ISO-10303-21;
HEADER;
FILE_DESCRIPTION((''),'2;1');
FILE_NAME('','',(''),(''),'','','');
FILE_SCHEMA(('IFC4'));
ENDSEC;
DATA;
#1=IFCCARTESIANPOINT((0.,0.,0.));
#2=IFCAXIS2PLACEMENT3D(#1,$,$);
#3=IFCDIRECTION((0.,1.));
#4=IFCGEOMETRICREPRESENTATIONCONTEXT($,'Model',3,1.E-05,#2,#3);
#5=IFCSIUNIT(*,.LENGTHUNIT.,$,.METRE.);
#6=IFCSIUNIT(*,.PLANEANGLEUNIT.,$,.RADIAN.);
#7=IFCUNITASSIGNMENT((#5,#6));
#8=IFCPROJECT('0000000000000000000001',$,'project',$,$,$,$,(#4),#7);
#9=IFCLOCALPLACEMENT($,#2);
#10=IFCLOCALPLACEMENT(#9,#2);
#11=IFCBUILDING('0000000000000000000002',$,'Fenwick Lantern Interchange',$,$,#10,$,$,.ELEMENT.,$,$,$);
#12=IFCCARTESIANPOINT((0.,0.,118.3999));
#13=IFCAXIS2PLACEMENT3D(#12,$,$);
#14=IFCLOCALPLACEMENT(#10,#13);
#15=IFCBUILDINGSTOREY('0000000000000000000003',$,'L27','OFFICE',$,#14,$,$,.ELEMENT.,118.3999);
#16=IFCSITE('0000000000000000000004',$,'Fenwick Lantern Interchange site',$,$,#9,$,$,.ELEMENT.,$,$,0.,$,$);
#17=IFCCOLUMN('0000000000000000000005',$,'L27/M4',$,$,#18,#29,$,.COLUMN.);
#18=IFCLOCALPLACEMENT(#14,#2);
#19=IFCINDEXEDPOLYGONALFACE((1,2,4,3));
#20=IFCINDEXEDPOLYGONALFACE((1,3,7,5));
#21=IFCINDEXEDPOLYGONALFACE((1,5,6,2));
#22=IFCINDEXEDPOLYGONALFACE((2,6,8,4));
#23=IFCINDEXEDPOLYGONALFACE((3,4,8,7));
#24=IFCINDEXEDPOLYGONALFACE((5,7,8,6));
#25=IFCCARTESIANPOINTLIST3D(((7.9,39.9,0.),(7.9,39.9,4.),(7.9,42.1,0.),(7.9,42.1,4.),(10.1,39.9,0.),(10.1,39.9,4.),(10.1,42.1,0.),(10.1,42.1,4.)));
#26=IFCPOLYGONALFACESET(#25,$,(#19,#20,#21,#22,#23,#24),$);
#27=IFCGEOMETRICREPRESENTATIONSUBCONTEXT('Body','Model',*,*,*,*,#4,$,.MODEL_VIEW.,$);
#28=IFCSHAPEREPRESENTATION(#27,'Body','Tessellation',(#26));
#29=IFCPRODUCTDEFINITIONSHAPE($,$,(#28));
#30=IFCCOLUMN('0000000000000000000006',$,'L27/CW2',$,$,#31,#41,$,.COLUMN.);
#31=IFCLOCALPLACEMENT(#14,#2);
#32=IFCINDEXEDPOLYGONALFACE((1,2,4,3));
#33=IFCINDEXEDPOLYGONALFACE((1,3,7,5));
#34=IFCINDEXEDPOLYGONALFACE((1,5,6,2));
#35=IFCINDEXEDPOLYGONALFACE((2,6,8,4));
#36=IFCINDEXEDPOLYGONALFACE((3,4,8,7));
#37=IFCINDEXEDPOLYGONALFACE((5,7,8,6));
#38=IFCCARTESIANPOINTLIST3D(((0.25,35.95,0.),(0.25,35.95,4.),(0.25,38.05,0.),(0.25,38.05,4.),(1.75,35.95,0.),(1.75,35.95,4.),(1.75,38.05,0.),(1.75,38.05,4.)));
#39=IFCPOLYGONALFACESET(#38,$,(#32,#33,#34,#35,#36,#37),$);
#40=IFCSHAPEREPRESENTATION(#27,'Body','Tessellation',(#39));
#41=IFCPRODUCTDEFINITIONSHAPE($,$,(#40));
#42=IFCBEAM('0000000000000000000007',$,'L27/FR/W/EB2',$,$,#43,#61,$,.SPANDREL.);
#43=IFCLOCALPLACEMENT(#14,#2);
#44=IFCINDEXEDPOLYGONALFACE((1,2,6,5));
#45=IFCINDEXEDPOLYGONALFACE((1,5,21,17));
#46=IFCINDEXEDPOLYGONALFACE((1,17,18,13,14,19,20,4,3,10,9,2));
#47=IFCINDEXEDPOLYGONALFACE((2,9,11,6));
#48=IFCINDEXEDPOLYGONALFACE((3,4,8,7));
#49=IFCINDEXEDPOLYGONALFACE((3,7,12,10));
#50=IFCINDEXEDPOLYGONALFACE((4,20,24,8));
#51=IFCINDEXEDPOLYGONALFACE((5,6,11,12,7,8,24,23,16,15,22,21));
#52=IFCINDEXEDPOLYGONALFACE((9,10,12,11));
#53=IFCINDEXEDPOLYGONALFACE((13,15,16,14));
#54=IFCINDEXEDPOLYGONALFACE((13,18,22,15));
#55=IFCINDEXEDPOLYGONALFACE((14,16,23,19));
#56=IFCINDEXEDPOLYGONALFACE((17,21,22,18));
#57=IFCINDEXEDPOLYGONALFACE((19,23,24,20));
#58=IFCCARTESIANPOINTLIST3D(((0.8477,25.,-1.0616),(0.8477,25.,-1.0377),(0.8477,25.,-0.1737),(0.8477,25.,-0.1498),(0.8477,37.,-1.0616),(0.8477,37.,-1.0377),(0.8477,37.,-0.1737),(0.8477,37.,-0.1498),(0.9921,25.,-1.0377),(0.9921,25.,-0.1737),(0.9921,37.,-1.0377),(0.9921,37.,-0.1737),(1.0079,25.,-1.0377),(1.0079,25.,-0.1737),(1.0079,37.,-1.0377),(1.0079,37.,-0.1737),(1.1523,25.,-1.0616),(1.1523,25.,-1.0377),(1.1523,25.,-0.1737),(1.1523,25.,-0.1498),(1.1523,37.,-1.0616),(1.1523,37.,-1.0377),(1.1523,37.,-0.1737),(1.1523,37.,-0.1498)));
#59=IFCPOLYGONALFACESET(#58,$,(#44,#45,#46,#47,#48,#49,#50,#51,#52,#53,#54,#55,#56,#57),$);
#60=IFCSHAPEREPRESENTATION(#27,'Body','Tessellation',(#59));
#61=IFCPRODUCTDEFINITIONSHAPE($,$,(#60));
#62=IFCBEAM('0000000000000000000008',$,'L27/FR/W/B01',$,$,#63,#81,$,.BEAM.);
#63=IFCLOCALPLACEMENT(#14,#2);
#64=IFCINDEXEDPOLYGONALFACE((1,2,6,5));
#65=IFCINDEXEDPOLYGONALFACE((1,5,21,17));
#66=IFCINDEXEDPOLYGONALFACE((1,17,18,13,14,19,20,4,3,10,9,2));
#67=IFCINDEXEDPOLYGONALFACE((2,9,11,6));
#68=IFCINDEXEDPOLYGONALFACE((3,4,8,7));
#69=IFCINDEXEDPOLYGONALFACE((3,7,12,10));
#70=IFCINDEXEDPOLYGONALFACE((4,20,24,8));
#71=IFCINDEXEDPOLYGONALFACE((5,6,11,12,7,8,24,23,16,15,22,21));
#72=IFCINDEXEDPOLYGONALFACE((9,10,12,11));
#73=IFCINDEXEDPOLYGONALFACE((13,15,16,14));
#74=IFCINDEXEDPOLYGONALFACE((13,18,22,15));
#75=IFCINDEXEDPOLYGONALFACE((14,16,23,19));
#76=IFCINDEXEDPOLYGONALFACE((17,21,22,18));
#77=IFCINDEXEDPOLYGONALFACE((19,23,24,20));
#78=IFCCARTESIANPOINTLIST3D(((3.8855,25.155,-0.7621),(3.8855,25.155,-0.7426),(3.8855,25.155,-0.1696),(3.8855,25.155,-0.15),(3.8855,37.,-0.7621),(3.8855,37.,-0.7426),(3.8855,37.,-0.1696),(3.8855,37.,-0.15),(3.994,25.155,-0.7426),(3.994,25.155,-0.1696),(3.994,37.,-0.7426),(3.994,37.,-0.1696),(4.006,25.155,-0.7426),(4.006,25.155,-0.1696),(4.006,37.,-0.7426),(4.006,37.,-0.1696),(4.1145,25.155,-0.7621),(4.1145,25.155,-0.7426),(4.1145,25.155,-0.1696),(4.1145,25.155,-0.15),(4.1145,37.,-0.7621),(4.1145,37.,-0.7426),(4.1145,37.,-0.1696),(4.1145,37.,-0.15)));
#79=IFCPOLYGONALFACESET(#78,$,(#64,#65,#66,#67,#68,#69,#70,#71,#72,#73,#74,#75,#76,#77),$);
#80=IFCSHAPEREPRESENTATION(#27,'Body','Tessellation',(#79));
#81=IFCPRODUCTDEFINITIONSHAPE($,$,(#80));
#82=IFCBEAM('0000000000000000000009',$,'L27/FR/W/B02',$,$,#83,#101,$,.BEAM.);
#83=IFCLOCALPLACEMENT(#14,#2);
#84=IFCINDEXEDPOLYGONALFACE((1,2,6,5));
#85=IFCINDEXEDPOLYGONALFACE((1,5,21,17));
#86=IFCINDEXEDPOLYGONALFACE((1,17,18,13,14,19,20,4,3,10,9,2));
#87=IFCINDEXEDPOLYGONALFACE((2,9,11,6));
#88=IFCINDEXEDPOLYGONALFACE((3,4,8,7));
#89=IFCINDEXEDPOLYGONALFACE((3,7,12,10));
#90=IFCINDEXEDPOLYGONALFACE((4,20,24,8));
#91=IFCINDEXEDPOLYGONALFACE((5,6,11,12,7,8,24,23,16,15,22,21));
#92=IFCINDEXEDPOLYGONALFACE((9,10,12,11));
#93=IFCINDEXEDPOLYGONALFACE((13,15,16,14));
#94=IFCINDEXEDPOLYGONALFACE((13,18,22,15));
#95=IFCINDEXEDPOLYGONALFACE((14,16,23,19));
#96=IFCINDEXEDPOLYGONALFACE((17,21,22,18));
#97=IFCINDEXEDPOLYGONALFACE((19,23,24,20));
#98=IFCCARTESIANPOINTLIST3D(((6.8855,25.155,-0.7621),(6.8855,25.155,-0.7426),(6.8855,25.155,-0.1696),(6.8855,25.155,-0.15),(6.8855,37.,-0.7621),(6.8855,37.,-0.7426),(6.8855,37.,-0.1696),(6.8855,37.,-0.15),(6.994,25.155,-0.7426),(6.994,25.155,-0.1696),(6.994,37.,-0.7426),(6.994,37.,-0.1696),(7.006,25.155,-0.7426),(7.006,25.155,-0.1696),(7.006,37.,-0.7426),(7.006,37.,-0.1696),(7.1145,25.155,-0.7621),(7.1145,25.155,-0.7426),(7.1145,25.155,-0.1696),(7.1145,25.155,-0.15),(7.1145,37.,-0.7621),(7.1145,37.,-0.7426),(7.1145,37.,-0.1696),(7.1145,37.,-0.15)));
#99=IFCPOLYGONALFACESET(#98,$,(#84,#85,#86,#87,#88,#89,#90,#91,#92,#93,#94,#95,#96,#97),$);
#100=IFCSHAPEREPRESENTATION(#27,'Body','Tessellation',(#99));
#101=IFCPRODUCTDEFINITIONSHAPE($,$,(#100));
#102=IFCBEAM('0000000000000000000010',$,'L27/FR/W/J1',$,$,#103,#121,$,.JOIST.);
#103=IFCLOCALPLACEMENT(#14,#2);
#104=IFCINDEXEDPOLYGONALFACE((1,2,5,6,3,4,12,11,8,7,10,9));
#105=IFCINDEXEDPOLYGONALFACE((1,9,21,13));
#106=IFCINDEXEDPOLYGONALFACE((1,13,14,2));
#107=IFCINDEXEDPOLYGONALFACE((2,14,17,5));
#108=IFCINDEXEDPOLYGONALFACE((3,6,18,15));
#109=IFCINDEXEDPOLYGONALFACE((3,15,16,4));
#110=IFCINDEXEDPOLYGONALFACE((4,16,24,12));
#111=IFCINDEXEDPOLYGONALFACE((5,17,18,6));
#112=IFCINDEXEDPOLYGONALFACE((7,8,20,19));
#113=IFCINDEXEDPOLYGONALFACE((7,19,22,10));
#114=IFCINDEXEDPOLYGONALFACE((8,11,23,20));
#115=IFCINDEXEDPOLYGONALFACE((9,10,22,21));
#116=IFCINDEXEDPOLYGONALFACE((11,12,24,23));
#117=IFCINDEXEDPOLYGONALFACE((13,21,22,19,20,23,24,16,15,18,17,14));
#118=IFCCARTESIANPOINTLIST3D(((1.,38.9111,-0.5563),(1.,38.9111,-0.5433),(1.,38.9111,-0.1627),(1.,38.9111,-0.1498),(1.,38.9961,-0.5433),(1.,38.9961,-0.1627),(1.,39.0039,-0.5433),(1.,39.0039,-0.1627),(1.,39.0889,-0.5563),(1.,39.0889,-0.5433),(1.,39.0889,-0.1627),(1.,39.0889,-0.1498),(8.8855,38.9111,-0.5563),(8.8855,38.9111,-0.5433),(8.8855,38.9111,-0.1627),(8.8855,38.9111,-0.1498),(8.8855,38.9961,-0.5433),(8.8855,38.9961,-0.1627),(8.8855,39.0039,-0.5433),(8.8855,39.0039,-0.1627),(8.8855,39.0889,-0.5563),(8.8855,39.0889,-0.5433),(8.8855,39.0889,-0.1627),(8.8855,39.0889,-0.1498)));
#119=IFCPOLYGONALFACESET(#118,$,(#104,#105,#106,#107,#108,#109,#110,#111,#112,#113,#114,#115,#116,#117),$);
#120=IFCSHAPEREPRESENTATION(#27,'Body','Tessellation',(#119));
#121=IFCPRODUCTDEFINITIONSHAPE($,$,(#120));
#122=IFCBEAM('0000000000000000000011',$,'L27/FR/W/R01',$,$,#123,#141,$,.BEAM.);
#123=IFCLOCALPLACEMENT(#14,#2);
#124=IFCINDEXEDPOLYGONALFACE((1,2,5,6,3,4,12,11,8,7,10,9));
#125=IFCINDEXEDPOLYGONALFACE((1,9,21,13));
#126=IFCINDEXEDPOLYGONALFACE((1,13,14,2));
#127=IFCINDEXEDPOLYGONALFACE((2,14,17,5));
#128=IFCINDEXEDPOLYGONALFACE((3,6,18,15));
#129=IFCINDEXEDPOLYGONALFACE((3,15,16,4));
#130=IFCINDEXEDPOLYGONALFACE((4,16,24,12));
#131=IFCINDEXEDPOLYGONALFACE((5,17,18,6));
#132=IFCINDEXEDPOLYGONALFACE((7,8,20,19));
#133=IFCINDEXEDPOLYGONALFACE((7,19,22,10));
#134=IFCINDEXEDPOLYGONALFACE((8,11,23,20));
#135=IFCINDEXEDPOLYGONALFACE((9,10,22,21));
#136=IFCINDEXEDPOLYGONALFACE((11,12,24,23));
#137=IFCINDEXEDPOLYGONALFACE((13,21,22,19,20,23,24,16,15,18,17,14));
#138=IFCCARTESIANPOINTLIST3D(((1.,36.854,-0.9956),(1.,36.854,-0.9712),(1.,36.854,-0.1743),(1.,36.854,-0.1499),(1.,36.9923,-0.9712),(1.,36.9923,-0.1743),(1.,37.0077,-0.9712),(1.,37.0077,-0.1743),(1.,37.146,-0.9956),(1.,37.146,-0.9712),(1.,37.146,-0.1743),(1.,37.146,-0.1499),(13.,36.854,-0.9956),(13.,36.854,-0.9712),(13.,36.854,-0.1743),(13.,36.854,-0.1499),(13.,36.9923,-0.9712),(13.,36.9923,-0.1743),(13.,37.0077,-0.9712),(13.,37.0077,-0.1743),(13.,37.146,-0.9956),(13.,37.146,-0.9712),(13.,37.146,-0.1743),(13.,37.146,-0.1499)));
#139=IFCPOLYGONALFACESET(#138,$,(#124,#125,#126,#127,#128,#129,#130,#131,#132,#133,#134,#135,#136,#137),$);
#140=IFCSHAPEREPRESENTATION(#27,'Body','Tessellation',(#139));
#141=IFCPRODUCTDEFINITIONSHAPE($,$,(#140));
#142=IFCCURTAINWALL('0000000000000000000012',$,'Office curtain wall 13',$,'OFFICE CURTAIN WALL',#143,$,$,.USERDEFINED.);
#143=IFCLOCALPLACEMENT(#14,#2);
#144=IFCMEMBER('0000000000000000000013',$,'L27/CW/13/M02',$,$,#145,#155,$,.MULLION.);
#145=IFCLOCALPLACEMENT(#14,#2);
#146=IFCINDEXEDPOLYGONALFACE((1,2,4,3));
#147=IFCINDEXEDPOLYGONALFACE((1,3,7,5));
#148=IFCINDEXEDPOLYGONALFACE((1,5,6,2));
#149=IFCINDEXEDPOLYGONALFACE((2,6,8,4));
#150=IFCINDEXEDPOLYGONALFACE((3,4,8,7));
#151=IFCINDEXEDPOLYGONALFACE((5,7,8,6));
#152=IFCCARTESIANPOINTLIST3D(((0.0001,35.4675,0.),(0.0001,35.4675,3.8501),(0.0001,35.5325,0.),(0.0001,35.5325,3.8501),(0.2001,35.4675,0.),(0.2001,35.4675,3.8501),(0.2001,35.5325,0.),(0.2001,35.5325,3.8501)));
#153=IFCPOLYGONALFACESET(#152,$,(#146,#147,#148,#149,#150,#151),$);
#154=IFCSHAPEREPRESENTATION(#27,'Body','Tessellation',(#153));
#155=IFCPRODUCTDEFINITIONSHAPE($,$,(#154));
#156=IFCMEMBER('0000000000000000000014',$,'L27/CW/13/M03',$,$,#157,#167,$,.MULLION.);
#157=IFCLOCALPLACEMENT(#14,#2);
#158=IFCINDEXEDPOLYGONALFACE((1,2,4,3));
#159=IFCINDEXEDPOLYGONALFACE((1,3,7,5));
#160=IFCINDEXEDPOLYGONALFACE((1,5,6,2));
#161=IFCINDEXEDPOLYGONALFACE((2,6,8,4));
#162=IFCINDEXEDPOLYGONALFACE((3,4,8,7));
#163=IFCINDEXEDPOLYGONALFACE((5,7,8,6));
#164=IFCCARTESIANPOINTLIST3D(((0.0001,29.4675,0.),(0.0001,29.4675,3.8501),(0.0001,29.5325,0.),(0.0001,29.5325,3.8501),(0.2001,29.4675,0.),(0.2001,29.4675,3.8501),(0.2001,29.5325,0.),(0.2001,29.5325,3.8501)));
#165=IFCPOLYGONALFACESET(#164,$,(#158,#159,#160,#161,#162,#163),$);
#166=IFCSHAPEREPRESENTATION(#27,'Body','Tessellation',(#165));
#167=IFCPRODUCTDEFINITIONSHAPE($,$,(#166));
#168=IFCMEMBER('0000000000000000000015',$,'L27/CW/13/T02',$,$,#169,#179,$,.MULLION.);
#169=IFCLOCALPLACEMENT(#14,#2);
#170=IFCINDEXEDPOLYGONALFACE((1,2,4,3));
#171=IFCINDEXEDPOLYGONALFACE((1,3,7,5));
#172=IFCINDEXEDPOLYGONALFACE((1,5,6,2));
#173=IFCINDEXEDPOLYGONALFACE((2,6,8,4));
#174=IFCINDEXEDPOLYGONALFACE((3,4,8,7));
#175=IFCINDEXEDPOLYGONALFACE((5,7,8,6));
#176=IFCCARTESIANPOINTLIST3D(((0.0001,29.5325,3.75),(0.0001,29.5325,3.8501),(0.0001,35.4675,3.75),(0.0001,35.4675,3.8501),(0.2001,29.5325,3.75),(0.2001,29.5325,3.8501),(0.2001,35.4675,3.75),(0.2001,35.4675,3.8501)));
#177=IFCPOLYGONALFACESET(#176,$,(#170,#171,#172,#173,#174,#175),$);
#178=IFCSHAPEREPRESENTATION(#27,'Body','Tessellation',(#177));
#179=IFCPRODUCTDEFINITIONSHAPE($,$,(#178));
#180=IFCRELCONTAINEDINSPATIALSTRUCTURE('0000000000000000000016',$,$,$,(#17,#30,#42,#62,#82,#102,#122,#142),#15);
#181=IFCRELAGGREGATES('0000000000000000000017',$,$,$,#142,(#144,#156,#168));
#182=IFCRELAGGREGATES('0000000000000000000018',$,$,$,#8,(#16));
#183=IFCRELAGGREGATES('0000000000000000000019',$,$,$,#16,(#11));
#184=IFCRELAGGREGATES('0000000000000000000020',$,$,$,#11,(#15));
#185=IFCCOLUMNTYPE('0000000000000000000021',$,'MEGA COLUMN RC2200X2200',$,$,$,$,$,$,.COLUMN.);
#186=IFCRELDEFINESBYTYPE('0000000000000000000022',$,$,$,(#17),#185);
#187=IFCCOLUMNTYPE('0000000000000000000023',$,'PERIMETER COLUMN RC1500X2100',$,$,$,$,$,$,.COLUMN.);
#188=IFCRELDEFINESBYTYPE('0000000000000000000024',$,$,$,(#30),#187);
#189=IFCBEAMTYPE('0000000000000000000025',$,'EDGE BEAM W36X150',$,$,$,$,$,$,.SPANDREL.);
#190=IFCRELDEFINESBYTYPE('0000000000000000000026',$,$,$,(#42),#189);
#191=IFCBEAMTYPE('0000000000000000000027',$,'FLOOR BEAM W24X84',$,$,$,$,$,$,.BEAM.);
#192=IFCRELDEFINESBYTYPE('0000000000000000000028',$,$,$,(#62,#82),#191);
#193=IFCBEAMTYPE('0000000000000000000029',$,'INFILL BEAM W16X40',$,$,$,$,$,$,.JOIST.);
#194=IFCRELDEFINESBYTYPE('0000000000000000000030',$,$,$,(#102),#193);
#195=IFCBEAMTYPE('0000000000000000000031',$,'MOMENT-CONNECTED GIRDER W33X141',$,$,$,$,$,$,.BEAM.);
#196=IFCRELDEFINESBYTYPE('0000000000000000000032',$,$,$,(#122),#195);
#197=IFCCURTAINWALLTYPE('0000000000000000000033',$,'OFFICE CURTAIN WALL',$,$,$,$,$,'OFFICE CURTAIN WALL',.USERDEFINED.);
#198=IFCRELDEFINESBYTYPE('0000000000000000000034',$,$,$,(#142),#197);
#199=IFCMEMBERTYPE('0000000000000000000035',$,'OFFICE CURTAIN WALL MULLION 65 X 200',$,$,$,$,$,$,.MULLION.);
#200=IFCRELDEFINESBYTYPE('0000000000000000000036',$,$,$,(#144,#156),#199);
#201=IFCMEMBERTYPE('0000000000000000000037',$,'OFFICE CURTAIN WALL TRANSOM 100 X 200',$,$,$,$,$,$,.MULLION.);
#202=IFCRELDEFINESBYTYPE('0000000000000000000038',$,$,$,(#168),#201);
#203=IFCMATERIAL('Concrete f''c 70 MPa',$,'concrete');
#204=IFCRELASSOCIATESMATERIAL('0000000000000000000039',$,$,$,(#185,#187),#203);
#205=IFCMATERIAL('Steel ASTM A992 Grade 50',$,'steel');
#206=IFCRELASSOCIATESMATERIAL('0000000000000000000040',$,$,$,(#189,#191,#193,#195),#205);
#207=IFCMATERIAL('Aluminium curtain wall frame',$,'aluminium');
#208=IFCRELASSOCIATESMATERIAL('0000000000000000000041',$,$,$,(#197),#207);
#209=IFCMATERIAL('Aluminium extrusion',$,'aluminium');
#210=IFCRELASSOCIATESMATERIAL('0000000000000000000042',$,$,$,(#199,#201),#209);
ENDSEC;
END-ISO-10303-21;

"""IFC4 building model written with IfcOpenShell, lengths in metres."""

from ifc_helpers import new_model, si_unit, direction, frame, origin, origin_2d, place, context, subcontext, project, spatial, rectangle, i_section, extrude, material, material_profile, profile_set, type_object, element, aggregate, save


model = new_model("IFC4")

# Units and contexts
model_context = context("Model", 3, precision=1e-05, world=origin(), true_north=direction((0.0, 1.0)))
body_context = subcontext(model_context, "Body", "Model", "MODEL_VIEW")
ifc_project = project(units=[si_unit("LENGTHUNIT", "METRE"), si_unit("PLANEANGLEUNIT", "RADIAN")], contexts=[model_context])

# Site, building, storey
site_placement = place(None, origin())
site = spatial("IfcSite", under=ifc_project, at=site_placement, Name="Fenwick Lantern Interchange site", CompositionType="ELEMENT", RefElevation=0.0)
building_placement = place(site_placement, origin())
building = spatial("IfcBuilding", under=site, at=building_placement, Name="Fenwick Lantern Interchange", CompositionType="ELEMENT")
storey_placement = place(building_placement, frame((0.0, 0.0, 118.3999)))
storey = spatial("IfcBuildingStorey", under=building, at=storey_placement, Name="L27", Description="OFFICE", CompositionType="ELEMENT", Elevation=118.3999)

# Columns
ifc_material_1 = material(Name="Concrete f'c 70 MPa", Category="concrete")
ifc_material_profile_1 = material_profile(ifc_material_1, rectangle(XDim=2.2, YDim=2.2, at=origin_2d()), Name="RC2200X2200")
ifc_profile_set_1 = profile_set([ifc_material_profile_1], Name="Concrete f'c 70 MPa")
column_type_1 = type_object("IfcColumnType", Name="MEGA COLUMN RC2200X2200", PredefinedType="COLUMN", material=ifc_profile_set_1)
column_1_placement = place(storey_placement, frame((9.0, 41.0, 0.0), z_axis=(0.0, 0.0, 1.0), x_axis=(1.0, 0.0, 0.0)))
element("IfcColumn", 1, at=column_1_placement, inside=storey, type_object=column_type_1, Name="L27/M4", PredefinedType="COLUMN", context=body_context, shape_type="SweptSolid", body=[
    extrude(rectangle(XDim=2.2, YDim=2.2, at=origin_2d()), origin(), (0.0, 0.0, 1.0), 4.0),
])
ifc_material_profile_2 = material_profile(ifc_material_1, rectangle(XDim=1.5, YDim=2.1001, at=origin_2d()), Name="RC1500X2100")
ifc_profile_set_2 = profile_set([ifc_material_profile_2], Name="Concrete f'c 70 MPa")
column_type_2 = type_object("IfcColumnType", Name="PERIMETER COLUMN RC1500X2100", PredefinedType="COLUMN", material=ifc_profile_set_2)
column_2_placement = place(storey_placement, frame((1.0, 37.0, 0.0), z_axis=(0.0, 0.0, 1.0), x_axis=(1.0, 0.0, 0.0)))
element("IfcColumn", 2, at=column_2_placement, inside=storey, type_object=column_type_2, Name="L27/CW2", PredefinedType="COLUMN", context=body_context, shape_type="SweptSolid", body=[
    extrude(rectangle(XDim=1.5, YDim=2.1001, at=origin_2d()), origin(), (0.0, 0.0, 1.0), 4.0),
])

# Beams
ifc_material_2 = material(Name="Steel ASTM A992 Grade 50", Category="steel")
ifc_material_profile_3 = material_profile(ifc_material_2, i_section(OverallWidth=0.3047, OverallDepth=0.9119, WebThickness=0.0159, FlangeThickness=0.0239, at=origin_2d()), Name="W36X150")
ifc_profile_set_3 = profile_set([ifc_material_profile_3], Name="Steel ASTM A992 Grade 50")
beam_type_1 = type_object("IfcBeamType", Name="EDGE BEAM W36X150", PredefinedType="SPANDREL", material=ifc_profile_set_3)
beam_1_placement = place(storey_placement, frame((1.0, 37.0, -0.6057), z_axis=(0.0, -1.0, 0.0), x_axis=(1.0, 0.0, 0.0)))
element("IfcBeam", 3, at=beam_1_placement, inside=storey, type_object=beam_type_1, Name="L27/FR/W/EB2", PredefinedType="SPANDREL", context=body_context, shape_type="SweptSolid", body=[
    extrude(i_section(OverallWidth=0.3047, OverallDepth=0.9119, WebThickness=0.0159, FlangeThickness=0.0239, at=origin_2d()), origin(), (0.0, 0.0, 1.0), 12.0),
])
ifc_material_profile_4 = material_profile(ifc_material_2, i_section(OverallWidth=0.229, OverallDepth=0.6121, WebThickness=0.012, FlangeThickness=0.0195, at=origin_2d()), Name="W24X84")
ifc_profile_set_4 = profile_set([ifc_material_profile_4], Name="Steel ASTM A992 Grade 50")
beam_type_2 = type_object("IfcBeamType", Name="FLOOR BEAM W24X84", PredefinedType="BEAM", material=ifc_profile_set_4)
for number, where, z_axis, x_axis, name in (
    (4, (4.0, 37.0, -0.4561), (0.0, -1.0, 0.0), (1.0, 0.0, 0.0), "L27/FR/W/B01"),
    (5, (7.0, 37.0, -0.4561), (0.0, -1.0, 0.0), (1.0, 0.0, 0.0), "L27/FR/W/B02"),
):
    element("IfcBeam", number, at=place(storey_placement, frame(where, z_axis=z_axis, x_axis=x_axis)), inside=storey, type_object=beam_type_2, Name=name, PredefinedType="BEAM", context=body_context, shape_type="SweptSolid", body=[
        extrude(i_section(OverallWidth=0.229, OverallDepth=0.6121, WebThickness=0.012, FlangeThickness=0.0195, at=origin_2d()), origin(), (0.0, 0.0, 1.0), 11.845),
    ])
ifc_material_profile_5 = material_profile(ifc_material_2, i_section(OverallWidth=0.1777, OverallDepth=0.4065, WebThickness=0.0078, FlangeThickness=0.0129, at=origin_2d()), Name="W16X40")
ifc_profile_set_5 = profile_set([ifc_material_profile_5], Name="Steel ASTM A992 Grade 50")
beam_type_3 = type_object("IfcBeamType", Name="INFILL BEAM W16X40", PredefinedType="JOIST", material=ifc_profile_set_5)
beam_2_placement = place(storey_placement, frame((1.0, 39.0, -0.353), z_axis=(1.0, 0.0, 0.0), x_axis=(0.0, 1.0, 0.0)))
element("IfcBeam", 6, at=beam_2_placement, inside=storey, type_object=beam_type_3, Name="L27/FR/W/J1", PredefinedType="JOIST", context=body_context, shape_type="SweptSolid", body=[
    extrude(i_section(OverallWidth=0.1777, OverallDepth=0.4065, WebThickness=0.0078, FlangeThickness=0.0129, at=origin_2d()), origin(), (0.0, 0.0, 1.0), 7.8855),
])
ifc_material_profile_6 = material_profile(ifc_material_2, i_section(OverallWidth=0.292, OverallDepth=0.8457, WebThickness=0.0154, FlangeThickness=0.0244, at=origin_2d()), Name="W33X141")
ifc_profile_set_6 = profile_set([ifc_material_profile_6], Name="Steel ASTM A992 Grade 50")
beam_type_4 = type_object("IfcBeamType", Name="MOMENT-CONNECTED GIRDER W33X141", PredefinedType="BEAM", material=ifc_profile_set_6)
beam_3_placement = place(storey_placement, frame((1.0, 37.0, -0.5728), z_axis=(1.0, 0.0, 0.0), x_axis=(0.0, 1.0, 0.0)))
element("IfcBeam", 7, at=beam_3_placement, inside=storey, type_object=beam_type_4, Name="L27/FR/W/R01", PredefinedType="BEAM", context=body_context, shape_type="SweptSolid", body=[
    extrude(i_section(OverallWidth=0.292, OverallDepth=0.8457, WebThickness=0.0154, FlangeThickness=0.0244, at=origin_2d()), origin(), (0.0, 0.0, 1.0), 12.0),
])

# Curtain wall, members
ifc_material_3 = material(Name="Aluminium curtain wall frame", Category="aluminium")
curtain_wall_type = type_object("IfcCurtainWallType", Name="OFFICE CURTAIN WALL", ElementType="OFFICE CURTAIN WALL", PredefinedType="USERDEFINED", material=ifc_material_3)
curtain_wall_placement = place(storey_placement, origin())
curtain_wall = element("IfcCurtainWall", 8, at=curtain_wall_placement, inside=storey, type_object=curtain_wall_type, Name="Office curtain wall 13", ObjectType="OFFICE CURTAIN WALL", PredefinedType="USERDEFINED")
ifc_material_4 = material(Name="Aluminium extrusion", Category="aluminium")
ifc_material_profile_7 = material_profile(ifc_material_4, rectangle(XDim=0.2, YDim=0.0649, at=origin_2d()), Name="OFFICE CURTAIN WALL MULLION 65 X 200")
ifc_profile_set_7 = profile_set([ifc_material_profile_7], Name="Aluminium extrusion")
member_type_1 = type_object("IfcMemberType", Name="OFFICE CURTAIN WALL MULLION 65 X 200", PredefinedType="MULLION", material=ifc_profile_set_7)
member_1_placement = place(storey_placement, frame((0.1001, 35.5, 0.0), z_axis=(0.0, 0.0, 1.0), x_axis=(1.0, 0.0, 0.0)))
member_1 = element("IfcMember", 9, at=member_1_placement, type_object=member_type_1, Name="L27/CW/13/M02", PredefinedType="MULLION", context=body_context, shape_type="SweptSolid", body=[
    extrude(rectangle(XDim=0.2, YDim=0.0649, at=origin_2d()), origin(), (0.0, 0.0, 1.0), 3.8501),
])
member_2_placement = place(storey_placement, frame((0.1001, 29.5, 0.0), z_axis=(0.0, 0.0, 1.0), x_axis=(1.0, 0.0, 0.0)))
member_2 = element("IfcMember", 10, at=member_2_placement, type_object=member_type_1, Name="L27/CW/13/M03", PredefinedType="MULLION", context=body_context, shape_type="SweptSolid", body=[
    extrude(rectangle(XDim=0.2, YDim=0.0649, at=origin_2d()), origin(), (0.0, 0.0, 1.0), 3.8501),
])
ifc_material_profile_8 = material_profile(ifc_material_4, rectangle(XDim=0.2, YDim=0.1001, at=origin_2d()), Name="OFFICE CURTAIN WALL TRANSOM 100 X 200")
ifc_profile_set_8 = profile_set([ifc_material_profile_8], Name="Aluminium extrusion")
member_type_2 = type_object("IfcMemberType", Name="OFFICE CURTAIN WALL TRANSOM 100 X 200", PredefinedType="MULLION", material=ifc_profile_set_8)
member_3_placement = place(storey_placement, frame((0.1001, 35.4675, 3.8), z_axis=(0.0, -1.0, 0.0), x_axis=(1.0, 0.0, 0.0)))
member_3 = element("IfcMember", 11, at=member_3_placement, type_object=member_type_2, Name="L27/CW/13/T02", PredefinedType="MULLION", context=body_context, shape_type="SweptSolid", body=[
    extrude(rectangle(XDim=0.2, YDim=0.1001, at=origin_2d()), origin(), (0.0, 0.0, 1.0), 5.9351),
])
aggregate(curtain_wall, [member_1, member_2, member_3])

save(model, "model.ifc")
